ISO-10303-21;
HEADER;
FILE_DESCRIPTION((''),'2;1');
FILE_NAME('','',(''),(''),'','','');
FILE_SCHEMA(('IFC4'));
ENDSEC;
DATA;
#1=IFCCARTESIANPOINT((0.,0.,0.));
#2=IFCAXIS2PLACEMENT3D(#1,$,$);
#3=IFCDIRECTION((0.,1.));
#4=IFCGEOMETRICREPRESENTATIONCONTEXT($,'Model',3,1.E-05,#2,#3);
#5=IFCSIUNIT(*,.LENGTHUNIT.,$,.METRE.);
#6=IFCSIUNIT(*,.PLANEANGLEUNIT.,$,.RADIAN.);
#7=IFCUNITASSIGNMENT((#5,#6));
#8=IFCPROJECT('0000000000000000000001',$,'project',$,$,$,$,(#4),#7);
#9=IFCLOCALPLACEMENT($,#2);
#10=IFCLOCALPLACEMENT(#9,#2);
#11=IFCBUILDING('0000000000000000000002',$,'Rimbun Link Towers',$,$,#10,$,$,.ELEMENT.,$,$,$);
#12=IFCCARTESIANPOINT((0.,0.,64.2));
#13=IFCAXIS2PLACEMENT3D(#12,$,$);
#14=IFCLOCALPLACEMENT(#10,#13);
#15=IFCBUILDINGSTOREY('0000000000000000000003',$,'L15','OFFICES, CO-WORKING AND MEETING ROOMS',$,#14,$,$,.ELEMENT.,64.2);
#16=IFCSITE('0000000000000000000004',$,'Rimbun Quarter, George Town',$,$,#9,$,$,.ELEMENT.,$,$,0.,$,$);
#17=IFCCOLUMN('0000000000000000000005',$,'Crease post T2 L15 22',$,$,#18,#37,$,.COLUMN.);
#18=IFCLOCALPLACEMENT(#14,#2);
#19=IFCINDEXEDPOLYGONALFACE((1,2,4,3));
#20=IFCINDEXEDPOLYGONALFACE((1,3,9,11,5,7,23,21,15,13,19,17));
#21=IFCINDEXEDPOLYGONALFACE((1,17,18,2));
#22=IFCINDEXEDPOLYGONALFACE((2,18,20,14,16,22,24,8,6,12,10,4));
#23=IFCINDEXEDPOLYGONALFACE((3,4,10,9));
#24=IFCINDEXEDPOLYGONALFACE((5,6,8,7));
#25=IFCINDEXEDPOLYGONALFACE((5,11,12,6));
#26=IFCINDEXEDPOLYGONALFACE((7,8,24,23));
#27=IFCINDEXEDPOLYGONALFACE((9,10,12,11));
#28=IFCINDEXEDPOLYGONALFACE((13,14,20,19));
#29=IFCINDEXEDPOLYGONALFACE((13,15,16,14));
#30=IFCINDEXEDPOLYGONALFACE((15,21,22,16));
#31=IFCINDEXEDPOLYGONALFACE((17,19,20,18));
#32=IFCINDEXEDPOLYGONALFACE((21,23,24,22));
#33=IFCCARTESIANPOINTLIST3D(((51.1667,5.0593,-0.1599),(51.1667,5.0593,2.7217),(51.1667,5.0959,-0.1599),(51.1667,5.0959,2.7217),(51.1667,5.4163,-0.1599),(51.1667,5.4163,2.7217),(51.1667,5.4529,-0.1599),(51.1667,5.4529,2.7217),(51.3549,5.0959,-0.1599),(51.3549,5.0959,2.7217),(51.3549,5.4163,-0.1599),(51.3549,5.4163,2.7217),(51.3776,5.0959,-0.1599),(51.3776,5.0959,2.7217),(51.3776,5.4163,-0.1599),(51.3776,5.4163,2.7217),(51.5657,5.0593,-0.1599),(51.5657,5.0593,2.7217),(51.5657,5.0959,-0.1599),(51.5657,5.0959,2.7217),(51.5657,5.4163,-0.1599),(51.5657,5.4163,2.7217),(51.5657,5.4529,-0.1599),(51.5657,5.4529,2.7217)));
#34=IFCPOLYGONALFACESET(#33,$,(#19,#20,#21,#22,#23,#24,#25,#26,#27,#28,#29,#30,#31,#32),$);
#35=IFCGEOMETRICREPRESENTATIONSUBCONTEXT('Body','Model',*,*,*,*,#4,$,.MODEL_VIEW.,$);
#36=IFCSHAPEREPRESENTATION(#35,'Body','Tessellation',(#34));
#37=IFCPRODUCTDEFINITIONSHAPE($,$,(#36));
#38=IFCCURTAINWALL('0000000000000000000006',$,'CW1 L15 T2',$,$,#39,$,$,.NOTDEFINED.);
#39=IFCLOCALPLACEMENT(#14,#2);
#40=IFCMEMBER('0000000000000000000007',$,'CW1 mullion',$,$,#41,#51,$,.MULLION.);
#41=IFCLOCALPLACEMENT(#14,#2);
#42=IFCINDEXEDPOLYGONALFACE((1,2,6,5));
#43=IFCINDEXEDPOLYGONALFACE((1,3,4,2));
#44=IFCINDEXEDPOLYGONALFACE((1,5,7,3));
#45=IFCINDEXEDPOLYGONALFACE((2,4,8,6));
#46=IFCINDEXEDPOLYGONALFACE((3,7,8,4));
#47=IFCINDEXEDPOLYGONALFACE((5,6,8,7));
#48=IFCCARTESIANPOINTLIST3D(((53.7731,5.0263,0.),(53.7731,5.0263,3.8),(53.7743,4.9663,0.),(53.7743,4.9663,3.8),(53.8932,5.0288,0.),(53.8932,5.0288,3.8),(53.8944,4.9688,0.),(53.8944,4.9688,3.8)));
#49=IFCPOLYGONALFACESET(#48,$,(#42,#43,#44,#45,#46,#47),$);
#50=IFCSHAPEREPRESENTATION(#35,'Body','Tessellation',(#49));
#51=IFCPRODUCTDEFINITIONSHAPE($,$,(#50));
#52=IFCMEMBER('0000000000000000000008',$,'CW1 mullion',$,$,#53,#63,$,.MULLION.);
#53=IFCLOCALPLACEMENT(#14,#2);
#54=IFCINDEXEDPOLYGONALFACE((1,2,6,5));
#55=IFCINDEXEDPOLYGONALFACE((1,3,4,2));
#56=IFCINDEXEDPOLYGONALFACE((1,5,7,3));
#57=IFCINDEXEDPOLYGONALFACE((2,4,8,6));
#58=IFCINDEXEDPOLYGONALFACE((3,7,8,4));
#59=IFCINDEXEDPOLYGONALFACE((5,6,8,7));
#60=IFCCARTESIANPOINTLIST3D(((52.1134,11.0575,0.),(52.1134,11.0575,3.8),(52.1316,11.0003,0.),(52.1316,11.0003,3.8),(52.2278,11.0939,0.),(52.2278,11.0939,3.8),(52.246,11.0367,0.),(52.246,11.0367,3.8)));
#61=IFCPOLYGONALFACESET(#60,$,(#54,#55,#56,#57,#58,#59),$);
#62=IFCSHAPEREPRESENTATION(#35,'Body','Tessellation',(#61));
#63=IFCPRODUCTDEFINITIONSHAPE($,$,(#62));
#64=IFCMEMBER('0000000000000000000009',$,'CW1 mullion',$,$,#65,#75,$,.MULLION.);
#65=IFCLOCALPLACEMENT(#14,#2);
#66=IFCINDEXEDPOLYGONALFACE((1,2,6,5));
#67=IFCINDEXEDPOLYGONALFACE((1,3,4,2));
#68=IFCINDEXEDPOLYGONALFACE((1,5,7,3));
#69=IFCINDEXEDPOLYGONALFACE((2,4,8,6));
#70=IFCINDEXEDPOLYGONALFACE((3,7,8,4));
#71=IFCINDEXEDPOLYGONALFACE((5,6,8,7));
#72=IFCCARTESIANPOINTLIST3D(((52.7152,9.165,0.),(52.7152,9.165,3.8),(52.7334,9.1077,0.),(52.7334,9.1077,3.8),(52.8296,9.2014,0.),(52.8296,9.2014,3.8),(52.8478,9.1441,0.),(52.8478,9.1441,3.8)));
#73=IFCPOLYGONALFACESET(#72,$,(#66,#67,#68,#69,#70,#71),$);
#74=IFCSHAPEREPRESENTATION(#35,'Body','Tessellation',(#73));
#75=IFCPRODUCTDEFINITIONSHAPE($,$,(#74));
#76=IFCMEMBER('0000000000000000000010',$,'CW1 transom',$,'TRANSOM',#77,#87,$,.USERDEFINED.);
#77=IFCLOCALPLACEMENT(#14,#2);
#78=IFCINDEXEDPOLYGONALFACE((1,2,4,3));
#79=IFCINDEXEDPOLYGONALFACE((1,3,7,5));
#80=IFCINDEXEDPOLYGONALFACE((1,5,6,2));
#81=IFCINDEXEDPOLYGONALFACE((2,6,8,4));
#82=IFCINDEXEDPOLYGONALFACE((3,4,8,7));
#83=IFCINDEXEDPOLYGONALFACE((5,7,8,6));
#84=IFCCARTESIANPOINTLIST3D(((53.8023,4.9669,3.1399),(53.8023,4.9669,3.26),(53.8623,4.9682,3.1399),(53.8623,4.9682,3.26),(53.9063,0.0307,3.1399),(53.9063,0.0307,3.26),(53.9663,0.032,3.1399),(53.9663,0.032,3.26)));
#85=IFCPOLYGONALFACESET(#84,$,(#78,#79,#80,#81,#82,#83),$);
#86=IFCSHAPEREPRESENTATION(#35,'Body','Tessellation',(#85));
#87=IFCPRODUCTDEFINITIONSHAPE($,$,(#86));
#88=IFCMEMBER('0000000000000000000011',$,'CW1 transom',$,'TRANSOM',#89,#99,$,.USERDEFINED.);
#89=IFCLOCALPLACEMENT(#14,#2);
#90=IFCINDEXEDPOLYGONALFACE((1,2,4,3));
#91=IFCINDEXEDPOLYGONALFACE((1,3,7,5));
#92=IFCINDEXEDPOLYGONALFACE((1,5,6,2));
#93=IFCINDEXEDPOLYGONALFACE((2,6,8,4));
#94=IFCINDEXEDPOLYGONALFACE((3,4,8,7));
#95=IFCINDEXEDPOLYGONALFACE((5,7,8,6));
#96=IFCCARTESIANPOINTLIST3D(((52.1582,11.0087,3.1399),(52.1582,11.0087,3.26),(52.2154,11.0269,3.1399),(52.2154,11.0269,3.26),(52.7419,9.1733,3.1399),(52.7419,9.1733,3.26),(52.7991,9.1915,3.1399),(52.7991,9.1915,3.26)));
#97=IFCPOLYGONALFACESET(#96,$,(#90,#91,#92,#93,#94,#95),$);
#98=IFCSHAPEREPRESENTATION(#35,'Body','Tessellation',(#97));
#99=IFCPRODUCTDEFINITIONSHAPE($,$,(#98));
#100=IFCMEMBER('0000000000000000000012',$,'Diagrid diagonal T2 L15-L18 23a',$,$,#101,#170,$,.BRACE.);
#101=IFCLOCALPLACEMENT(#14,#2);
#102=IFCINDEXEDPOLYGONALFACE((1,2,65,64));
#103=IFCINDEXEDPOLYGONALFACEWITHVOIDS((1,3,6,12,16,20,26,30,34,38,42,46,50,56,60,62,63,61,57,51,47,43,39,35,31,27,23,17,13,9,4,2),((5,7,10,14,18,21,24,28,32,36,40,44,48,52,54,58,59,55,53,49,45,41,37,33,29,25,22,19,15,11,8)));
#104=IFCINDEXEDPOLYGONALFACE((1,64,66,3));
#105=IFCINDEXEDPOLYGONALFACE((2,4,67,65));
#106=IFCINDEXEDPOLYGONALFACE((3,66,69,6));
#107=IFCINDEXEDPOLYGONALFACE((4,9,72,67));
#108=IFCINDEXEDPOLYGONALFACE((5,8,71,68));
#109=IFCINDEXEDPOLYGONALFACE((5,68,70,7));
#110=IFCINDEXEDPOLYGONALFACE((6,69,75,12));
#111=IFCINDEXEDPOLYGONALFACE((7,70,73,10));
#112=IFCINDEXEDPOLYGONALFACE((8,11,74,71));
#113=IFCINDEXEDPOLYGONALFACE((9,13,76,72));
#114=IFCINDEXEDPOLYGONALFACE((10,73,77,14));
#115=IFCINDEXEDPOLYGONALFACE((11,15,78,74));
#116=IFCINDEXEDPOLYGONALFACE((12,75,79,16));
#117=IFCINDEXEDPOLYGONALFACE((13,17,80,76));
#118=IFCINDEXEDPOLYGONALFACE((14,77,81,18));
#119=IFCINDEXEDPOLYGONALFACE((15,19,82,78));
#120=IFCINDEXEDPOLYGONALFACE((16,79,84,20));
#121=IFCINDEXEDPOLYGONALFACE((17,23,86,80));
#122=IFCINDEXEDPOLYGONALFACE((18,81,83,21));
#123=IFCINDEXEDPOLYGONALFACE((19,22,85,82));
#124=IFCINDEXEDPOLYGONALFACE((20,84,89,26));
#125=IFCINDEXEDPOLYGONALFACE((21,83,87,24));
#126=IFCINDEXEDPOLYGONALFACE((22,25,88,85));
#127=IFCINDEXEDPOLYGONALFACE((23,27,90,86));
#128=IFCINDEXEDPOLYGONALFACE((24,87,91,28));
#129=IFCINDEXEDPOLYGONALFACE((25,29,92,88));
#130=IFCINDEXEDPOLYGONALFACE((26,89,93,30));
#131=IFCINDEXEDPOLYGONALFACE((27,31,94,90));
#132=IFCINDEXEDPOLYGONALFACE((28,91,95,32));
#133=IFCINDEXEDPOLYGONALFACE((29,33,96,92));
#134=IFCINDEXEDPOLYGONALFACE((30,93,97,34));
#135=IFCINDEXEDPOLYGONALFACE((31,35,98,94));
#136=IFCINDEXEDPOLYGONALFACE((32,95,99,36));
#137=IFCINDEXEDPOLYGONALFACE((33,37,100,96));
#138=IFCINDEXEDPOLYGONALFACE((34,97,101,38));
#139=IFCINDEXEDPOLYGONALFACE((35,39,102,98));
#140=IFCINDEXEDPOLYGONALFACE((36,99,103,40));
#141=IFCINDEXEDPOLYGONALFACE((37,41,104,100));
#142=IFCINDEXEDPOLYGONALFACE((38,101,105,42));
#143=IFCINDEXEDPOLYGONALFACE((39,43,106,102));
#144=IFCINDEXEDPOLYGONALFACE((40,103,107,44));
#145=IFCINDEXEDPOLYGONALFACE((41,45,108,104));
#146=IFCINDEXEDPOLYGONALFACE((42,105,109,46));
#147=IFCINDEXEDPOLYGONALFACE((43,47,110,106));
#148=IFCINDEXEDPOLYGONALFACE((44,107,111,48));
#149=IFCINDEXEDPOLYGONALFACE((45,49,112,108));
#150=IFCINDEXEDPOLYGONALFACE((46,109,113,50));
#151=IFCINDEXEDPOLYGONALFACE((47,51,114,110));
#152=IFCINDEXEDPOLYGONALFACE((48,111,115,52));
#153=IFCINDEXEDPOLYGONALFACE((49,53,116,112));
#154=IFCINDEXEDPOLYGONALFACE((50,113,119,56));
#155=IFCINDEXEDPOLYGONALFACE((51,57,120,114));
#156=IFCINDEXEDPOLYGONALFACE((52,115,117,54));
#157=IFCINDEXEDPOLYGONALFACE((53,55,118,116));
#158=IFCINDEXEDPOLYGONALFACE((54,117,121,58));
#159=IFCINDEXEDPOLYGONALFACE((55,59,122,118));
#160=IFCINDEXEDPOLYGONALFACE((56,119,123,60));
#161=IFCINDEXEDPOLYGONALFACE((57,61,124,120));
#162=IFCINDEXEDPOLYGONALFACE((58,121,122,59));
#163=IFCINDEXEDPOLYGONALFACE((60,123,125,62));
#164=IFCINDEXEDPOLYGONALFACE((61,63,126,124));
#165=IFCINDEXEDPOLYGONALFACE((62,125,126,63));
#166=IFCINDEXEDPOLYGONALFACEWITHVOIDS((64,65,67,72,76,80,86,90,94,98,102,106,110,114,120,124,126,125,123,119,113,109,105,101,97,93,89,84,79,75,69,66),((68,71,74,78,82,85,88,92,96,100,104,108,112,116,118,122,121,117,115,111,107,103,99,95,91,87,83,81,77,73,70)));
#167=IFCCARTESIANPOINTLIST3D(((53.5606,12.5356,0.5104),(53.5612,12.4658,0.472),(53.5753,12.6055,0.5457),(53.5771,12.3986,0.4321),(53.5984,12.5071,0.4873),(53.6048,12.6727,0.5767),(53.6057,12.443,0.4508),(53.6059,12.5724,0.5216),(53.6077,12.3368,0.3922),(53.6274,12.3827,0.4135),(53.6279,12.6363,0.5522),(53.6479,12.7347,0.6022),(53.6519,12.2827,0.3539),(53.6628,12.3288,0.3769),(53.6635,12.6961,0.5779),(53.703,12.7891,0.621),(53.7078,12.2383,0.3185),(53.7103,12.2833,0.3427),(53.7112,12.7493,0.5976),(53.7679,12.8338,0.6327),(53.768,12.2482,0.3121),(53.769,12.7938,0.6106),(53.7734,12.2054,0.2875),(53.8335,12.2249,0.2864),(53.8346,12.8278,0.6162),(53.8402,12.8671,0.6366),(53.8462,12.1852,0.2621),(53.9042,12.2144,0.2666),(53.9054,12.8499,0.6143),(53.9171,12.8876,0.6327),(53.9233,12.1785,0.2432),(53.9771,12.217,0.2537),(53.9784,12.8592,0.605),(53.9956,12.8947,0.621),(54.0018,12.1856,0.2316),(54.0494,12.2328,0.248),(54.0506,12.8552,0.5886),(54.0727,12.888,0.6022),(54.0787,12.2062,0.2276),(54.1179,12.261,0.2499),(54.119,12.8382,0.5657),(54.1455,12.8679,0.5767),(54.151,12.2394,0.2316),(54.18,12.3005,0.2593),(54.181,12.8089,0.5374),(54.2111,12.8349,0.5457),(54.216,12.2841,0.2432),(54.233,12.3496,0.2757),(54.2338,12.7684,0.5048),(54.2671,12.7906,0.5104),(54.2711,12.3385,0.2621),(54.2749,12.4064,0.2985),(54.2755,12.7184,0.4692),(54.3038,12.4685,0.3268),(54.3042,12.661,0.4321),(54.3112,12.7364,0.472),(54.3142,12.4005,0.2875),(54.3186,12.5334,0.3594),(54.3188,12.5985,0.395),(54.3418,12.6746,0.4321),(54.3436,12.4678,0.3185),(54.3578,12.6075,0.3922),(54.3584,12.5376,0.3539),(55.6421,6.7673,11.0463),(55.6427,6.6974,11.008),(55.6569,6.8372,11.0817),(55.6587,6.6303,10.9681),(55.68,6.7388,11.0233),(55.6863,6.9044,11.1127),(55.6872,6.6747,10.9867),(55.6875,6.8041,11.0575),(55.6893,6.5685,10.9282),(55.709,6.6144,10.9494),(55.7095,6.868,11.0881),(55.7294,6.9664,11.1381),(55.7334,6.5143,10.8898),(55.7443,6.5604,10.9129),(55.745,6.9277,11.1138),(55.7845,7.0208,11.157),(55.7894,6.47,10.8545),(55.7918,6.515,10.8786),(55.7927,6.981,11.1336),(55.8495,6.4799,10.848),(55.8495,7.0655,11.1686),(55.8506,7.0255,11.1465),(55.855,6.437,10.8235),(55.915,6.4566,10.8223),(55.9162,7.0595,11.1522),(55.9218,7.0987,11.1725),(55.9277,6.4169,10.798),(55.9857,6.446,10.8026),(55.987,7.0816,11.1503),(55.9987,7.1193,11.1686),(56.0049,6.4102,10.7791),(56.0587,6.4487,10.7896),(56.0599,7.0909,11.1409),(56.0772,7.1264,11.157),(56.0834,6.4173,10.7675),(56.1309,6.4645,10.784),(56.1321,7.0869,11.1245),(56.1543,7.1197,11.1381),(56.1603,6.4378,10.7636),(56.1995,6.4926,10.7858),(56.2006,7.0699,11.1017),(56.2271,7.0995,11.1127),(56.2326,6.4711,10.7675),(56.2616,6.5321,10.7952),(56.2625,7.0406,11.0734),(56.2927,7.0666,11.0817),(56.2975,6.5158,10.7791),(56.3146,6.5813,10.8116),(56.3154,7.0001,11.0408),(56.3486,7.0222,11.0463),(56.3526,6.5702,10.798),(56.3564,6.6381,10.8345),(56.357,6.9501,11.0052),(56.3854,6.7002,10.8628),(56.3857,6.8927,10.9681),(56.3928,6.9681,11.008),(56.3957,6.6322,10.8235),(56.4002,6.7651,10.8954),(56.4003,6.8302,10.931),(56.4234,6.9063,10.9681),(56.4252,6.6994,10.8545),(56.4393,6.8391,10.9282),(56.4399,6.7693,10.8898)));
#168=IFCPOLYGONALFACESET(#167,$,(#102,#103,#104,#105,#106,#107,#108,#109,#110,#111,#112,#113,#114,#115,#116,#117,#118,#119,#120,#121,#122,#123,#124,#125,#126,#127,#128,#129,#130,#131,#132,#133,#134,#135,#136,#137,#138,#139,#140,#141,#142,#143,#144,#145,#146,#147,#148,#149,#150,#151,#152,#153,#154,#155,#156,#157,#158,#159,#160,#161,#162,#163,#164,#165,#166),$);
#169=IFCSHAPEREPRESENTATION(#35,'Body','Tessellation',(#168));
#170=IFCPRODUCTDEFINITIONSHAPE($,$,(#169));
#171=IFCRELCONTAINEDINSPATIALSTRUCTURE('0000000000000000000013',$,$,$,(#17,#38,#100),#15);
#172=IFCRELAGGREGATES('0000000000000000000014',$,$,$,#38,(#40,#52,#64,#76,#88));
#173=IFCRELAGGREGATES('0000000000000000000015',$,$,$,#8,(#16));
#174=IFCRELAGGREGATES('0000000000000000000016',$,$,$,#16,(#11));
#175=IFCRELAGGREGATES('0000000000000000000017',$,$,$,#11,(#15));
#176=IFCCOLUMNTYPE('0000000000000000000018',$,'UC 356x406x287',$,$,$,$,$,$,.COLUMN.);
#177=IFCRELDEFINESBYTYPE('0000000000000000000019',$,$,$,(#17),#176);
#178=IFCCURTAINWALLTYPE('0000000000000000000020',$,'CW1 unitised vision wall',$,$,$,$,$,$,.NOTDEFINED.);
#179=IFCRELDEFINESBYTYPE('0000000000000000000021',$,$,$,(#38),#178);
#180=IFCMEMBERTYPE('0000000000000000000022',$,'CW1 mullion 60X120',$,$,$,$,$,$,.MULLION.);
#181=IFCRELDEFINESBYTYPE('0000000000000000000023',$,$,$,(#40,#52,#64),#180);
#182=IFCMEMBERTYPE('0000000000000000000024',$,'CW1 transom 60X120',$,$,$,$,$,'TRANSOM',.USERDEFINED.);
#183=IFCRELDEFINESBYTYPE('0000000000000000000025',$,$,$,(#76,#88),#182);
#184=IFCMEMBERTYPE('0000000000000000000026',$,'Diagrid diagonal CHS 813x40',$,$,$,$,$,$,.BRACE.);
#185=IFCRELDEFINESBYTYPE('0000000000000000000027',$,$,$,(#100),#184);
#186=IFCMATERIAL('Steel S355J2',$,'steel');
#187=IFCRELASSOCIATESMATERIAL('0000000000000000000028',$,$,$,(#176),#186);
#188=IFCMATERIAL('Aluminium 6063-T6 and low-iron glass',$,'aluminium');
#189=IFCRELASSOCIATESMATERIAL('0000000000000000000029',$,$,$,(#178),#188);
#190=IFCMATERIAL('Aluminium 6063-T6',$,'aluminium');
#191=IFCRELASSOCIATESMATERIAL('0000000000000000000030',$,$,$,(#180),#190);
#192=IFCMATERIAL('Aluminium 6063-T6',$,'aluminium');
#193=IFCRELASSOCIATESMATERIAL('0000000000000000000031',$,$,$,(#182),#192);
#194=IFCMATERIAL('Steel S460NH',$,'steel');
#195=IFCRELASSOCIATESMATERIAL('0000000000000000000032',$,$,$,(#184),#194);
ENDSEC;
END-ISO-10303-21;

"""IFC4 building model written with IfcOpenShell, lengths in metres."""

from ifc_helpers import new_model, si_unit, direction, frame, origin, origin_2d, place, context, subcontext, project, spatial, rectangle, hollow_circle, i_section, extrude, material, material_profile, profile_set, type_object, element, aggregate, save


model = new_model("IFC4")

# Units and contexts
model_context = context("Model", 3, precision=1e-05, world=origin(), true_north=direction((0.0, 1.0)))
body_context = subcontext(model_context, "Body", "Model", "MODEL_VIEW")
ifc_project = project(units=[si_unit("LENGTHUNIT", "METRE"), si_unit("PLANEANGLEUNIT", "RADIAN")], contexts=[model_context])

# Site, building, storey
site_placement = place(None, origin())
site = spatial("IfcSite", under=ifc_project, at=site_placement, Name="Rimbun Quarter, George Town", CompositionType="ELEMENT", RefElevation=0.0)
building_placement = place(site_placement, origin())
building = spatial("IfcBuilding", under=site, at=building_placement, Name="Rimbun Link Towers", CompositionType="ELEMENT")
storey_placement = place(building_placement, frame((0.0, 0.0, 64.2)))
storey = spatial("IfcBuildingStorey", under=building, at=storey_placement, Name="L15", Description="OFFICES, CO-WORKING AND MEETING ROOMS", CompositionType="ELEMENT", Elevation=64.2)

# Column
ifc_material_1 = material(Name="Steel S355J2", Category="steel")
ifc_material_profile_1 = material_profile(ifc_material_1, i_section(OverallWidth=0.3989, OverallDepth=0.3936, WebThickness=0.0227, FlangeThickness=0.0366, at=origin_2d()), Name="UC 356x406x287")
ifc_profile_set_1 = profile_set([ifc_material_profile_1], Name="Steel S355J2")
column_type = type_object("IfcColumnType", Name="UC 356x406x287", PredefinedType="COLUMN", material=ifc_profile_set_1)
column_placement = place(storey_placement, frame((51.3662, 5.2561, -0.1599), z_axis=(0.0, 0.0, 1.0), x_axis=(1.0, 0.0, 0.0)))
element("IfcColumn", 1, at=column_placement, inside=storey, type_object=column_type, Name="Crease post T2 L15 22", PredefinedType="COLUMN", context=body_context, shape_type="SweptSolid", body=[
    extrude(i_section(OverallWidth=0.3989, OverallDepth=0.3936, WebThickness=0.0227, FlangeThickness=0.0366, at=origin_2d()), origin(), (0.0, 0.0, 1.0), 2.8816),
])

# Curtain wall, members
ifc_material_2 = material(Name="Aluminium 6063-T6 and low-iron glass", Category="aluminium")
curtain_wall_type = type_object("IfcCurtainWallType", Name="CW1 unitised vision wall", PredefinedType="NOTDEFINED", material=ifc_material_2)
curtain_wall_placement = place(storey_placement, origin())
curtain_wall = element("IfcCurtainWall", 2, at=curtain_wall_placement, inside=storey, type_object=curtain_wall_type, Name="CW1 L15 T2", PredefinedType="NOTDEFINED")
ifc_material_3 = material(Name="Aluminium 6063-T6", Category="aluminium")
ifc_material_profile_2 = material_profile(ifc_material_3, rectangle(XDim=0.1201, YDim=0.0601, at=origin_2d()), Name="MULLION 60X120")
ifc_profile_set_2 = profile_set([ifc_material_profile_2], Name="Aluminium 6063-T6")
member_type_1 = type_object("IfcMemberType", Name="CW1 mullion 60X120", PredefinedType="MULLION", material=ifc_profile_set_2)
member_1_placement = place(storey_placement, frame((53.8337, 4.9976, 0.0), z_axis=(0.0, 0.0, 1.0), x_axis=(0.999778, 0.02106, 0.0)))
member_1 = element("IfcMember", 3, at=member_1_placement, type_object=member_type_1, Name="CW1 mullion", PredefinedType="MULLION", context=body_context, shape_type="SweptSolid", body=[
    extrude(rectangle(XDim=0.1201, YDim=0.0601, at=origin_2d()), origin(), (0.0, 0.0, 1.0), 3.8),
])
member_2_placement = place(storey_placement, frame((52.1797, 11.0471, 0.0), z_axis=(0.0, 0.0, 1.0), x_axis=(0.95297, 0.303066, 0.0)))
member_2 = element("IfcMember", 4, at=member_2_placement, type_object=member_type_1, Name="CW1 mullion", PredefinedType="MULLION", context=body_context, shape_type="SweptSolid", body=[
    extrude(rectangle(XDim=0.1201, YDim=0.0601, at=origin_2d()), origin(), (0.0, 0.0, 1.0), 3.8),
])
member_3_placement = place(storey_placement, frame((52.7815, 9.1545, 0.0), z_axis=(0.0, 0.0, 1.0), x_axis=(0.95297, 0.303066, 0.0)))
member_3 = element("IfcMember", 5, at=member_3_placement, type_object=member_type_1, Name="CW1 mullion", PredefinedType="MULLION", context=body_context, shape_type="SweptSolid", body=[
    extrude(rectangle(XDim=0.1201, YDim=0.0601, at=origin_2d()), origin(), (0.0, 0.0, 1.0), 3.8),
])
ifc_material_4 = material(Name="Aluminium 6063-T6", Category="aluminium")
ifc_material_profile_3 = material_profile(ifc_material_4, rectangle(XDim=0.0601, YDim=0.1201, at=origin_2d()), Name="TRANSOM 60X120")
ifc_profile_set_3 = profile_set([ifc_material_profile_3], Name="Aluminium 6063-T6")
member_type_2 = type_object("IfcMemberType", Name="CW1 transom 60X120", ElementType="TRANSOM", PredefinedType="USERDEFINED", material=ifc_profile_set_3)
member_4_placement = place(storey_placement, frame((53.8323, 4.9675, 3.2), z_axis=(0.021065, -0.999778, 0.0), x_axis=(0.999778, 0.021065, 0.0)))
member_4 = element("IfcMember", 6, at=member_4_placement, type_object=member_type_2, Name="CW1 transom", ObjectType="TRANSOM", PredefinedType="USERDEFINED", context=body_context, shape_type="SweptSolid", body=[
    extrude(rectangle(XDim=0.0601, YDim=0.1201, at=origin_2d()), origin(), (0.0, 0.0, 1.0), 4.9373),
])
member_5_placement = place(storey_placement, frame((52.1868, 11.0178, 3.2), z_axis=(0.303078, -0.952966, 0.0), x_axis=(0.952966, 0.303078, 0.0)))
member_5 = element("IfcMember", 7, at=member_5_placement, type_object=member_type_2, Name="CW1 transom", ObjectType="TRANSOM", PredefinedType="USERDEFINED", context=body_context, shape_type="SweptSolid", body=[
    extrude(rectangle(XDim=0.0601, YDim=0.1201, at=origin_2d()), origin(), (0.0, 0.0, 1.0), 1.926),
])

# Member
ifc_material_5 = material(Name="Steel S460NH", Category="steel")
ifc_material_profile_4 = material_profile(ifc_material_5, hollow_circle(Radius=0.4065, WallThickness=0.04, at=origin_2d()), Name="Diagrid diagonal CHS 813x40")
ifc_profile_set_4 = profile_set([ifc_material_profile_4], Name="Steel S460NH")
member_type_3 = type_object("IfcMemberType", Name="Diagrid diagonal CHS 813x40", PredefinedType="BRACE", material=ifc_profile_set_4)
member_6_placement = place(storey_placement, frame((53.9595, 12.5366, 0.4321), z_axis=(0.17075, -0.473176, 0.864262), x_axis=(0.94063, 0.339434, 0.0)))
element("IfcMember", 8, at=member_6_placement, inside=storey, type_object=member_type_3, Name="Diagrid diagonal T2 L15-L18 23a", PredefinedType="BRACE", context=body_context, shape_type="SweptSolid", body=[
    extrude(hollow_circle(Radius=0.4065, WallThickness=0.04, at=origin_2d()), origin(), (0.0, 0.0, 1.0), 12.1907),
])

aggregate(curtain_wall, [member_1, member_2, member_3, member_4, member_5])

save(model, "model.ifc")
